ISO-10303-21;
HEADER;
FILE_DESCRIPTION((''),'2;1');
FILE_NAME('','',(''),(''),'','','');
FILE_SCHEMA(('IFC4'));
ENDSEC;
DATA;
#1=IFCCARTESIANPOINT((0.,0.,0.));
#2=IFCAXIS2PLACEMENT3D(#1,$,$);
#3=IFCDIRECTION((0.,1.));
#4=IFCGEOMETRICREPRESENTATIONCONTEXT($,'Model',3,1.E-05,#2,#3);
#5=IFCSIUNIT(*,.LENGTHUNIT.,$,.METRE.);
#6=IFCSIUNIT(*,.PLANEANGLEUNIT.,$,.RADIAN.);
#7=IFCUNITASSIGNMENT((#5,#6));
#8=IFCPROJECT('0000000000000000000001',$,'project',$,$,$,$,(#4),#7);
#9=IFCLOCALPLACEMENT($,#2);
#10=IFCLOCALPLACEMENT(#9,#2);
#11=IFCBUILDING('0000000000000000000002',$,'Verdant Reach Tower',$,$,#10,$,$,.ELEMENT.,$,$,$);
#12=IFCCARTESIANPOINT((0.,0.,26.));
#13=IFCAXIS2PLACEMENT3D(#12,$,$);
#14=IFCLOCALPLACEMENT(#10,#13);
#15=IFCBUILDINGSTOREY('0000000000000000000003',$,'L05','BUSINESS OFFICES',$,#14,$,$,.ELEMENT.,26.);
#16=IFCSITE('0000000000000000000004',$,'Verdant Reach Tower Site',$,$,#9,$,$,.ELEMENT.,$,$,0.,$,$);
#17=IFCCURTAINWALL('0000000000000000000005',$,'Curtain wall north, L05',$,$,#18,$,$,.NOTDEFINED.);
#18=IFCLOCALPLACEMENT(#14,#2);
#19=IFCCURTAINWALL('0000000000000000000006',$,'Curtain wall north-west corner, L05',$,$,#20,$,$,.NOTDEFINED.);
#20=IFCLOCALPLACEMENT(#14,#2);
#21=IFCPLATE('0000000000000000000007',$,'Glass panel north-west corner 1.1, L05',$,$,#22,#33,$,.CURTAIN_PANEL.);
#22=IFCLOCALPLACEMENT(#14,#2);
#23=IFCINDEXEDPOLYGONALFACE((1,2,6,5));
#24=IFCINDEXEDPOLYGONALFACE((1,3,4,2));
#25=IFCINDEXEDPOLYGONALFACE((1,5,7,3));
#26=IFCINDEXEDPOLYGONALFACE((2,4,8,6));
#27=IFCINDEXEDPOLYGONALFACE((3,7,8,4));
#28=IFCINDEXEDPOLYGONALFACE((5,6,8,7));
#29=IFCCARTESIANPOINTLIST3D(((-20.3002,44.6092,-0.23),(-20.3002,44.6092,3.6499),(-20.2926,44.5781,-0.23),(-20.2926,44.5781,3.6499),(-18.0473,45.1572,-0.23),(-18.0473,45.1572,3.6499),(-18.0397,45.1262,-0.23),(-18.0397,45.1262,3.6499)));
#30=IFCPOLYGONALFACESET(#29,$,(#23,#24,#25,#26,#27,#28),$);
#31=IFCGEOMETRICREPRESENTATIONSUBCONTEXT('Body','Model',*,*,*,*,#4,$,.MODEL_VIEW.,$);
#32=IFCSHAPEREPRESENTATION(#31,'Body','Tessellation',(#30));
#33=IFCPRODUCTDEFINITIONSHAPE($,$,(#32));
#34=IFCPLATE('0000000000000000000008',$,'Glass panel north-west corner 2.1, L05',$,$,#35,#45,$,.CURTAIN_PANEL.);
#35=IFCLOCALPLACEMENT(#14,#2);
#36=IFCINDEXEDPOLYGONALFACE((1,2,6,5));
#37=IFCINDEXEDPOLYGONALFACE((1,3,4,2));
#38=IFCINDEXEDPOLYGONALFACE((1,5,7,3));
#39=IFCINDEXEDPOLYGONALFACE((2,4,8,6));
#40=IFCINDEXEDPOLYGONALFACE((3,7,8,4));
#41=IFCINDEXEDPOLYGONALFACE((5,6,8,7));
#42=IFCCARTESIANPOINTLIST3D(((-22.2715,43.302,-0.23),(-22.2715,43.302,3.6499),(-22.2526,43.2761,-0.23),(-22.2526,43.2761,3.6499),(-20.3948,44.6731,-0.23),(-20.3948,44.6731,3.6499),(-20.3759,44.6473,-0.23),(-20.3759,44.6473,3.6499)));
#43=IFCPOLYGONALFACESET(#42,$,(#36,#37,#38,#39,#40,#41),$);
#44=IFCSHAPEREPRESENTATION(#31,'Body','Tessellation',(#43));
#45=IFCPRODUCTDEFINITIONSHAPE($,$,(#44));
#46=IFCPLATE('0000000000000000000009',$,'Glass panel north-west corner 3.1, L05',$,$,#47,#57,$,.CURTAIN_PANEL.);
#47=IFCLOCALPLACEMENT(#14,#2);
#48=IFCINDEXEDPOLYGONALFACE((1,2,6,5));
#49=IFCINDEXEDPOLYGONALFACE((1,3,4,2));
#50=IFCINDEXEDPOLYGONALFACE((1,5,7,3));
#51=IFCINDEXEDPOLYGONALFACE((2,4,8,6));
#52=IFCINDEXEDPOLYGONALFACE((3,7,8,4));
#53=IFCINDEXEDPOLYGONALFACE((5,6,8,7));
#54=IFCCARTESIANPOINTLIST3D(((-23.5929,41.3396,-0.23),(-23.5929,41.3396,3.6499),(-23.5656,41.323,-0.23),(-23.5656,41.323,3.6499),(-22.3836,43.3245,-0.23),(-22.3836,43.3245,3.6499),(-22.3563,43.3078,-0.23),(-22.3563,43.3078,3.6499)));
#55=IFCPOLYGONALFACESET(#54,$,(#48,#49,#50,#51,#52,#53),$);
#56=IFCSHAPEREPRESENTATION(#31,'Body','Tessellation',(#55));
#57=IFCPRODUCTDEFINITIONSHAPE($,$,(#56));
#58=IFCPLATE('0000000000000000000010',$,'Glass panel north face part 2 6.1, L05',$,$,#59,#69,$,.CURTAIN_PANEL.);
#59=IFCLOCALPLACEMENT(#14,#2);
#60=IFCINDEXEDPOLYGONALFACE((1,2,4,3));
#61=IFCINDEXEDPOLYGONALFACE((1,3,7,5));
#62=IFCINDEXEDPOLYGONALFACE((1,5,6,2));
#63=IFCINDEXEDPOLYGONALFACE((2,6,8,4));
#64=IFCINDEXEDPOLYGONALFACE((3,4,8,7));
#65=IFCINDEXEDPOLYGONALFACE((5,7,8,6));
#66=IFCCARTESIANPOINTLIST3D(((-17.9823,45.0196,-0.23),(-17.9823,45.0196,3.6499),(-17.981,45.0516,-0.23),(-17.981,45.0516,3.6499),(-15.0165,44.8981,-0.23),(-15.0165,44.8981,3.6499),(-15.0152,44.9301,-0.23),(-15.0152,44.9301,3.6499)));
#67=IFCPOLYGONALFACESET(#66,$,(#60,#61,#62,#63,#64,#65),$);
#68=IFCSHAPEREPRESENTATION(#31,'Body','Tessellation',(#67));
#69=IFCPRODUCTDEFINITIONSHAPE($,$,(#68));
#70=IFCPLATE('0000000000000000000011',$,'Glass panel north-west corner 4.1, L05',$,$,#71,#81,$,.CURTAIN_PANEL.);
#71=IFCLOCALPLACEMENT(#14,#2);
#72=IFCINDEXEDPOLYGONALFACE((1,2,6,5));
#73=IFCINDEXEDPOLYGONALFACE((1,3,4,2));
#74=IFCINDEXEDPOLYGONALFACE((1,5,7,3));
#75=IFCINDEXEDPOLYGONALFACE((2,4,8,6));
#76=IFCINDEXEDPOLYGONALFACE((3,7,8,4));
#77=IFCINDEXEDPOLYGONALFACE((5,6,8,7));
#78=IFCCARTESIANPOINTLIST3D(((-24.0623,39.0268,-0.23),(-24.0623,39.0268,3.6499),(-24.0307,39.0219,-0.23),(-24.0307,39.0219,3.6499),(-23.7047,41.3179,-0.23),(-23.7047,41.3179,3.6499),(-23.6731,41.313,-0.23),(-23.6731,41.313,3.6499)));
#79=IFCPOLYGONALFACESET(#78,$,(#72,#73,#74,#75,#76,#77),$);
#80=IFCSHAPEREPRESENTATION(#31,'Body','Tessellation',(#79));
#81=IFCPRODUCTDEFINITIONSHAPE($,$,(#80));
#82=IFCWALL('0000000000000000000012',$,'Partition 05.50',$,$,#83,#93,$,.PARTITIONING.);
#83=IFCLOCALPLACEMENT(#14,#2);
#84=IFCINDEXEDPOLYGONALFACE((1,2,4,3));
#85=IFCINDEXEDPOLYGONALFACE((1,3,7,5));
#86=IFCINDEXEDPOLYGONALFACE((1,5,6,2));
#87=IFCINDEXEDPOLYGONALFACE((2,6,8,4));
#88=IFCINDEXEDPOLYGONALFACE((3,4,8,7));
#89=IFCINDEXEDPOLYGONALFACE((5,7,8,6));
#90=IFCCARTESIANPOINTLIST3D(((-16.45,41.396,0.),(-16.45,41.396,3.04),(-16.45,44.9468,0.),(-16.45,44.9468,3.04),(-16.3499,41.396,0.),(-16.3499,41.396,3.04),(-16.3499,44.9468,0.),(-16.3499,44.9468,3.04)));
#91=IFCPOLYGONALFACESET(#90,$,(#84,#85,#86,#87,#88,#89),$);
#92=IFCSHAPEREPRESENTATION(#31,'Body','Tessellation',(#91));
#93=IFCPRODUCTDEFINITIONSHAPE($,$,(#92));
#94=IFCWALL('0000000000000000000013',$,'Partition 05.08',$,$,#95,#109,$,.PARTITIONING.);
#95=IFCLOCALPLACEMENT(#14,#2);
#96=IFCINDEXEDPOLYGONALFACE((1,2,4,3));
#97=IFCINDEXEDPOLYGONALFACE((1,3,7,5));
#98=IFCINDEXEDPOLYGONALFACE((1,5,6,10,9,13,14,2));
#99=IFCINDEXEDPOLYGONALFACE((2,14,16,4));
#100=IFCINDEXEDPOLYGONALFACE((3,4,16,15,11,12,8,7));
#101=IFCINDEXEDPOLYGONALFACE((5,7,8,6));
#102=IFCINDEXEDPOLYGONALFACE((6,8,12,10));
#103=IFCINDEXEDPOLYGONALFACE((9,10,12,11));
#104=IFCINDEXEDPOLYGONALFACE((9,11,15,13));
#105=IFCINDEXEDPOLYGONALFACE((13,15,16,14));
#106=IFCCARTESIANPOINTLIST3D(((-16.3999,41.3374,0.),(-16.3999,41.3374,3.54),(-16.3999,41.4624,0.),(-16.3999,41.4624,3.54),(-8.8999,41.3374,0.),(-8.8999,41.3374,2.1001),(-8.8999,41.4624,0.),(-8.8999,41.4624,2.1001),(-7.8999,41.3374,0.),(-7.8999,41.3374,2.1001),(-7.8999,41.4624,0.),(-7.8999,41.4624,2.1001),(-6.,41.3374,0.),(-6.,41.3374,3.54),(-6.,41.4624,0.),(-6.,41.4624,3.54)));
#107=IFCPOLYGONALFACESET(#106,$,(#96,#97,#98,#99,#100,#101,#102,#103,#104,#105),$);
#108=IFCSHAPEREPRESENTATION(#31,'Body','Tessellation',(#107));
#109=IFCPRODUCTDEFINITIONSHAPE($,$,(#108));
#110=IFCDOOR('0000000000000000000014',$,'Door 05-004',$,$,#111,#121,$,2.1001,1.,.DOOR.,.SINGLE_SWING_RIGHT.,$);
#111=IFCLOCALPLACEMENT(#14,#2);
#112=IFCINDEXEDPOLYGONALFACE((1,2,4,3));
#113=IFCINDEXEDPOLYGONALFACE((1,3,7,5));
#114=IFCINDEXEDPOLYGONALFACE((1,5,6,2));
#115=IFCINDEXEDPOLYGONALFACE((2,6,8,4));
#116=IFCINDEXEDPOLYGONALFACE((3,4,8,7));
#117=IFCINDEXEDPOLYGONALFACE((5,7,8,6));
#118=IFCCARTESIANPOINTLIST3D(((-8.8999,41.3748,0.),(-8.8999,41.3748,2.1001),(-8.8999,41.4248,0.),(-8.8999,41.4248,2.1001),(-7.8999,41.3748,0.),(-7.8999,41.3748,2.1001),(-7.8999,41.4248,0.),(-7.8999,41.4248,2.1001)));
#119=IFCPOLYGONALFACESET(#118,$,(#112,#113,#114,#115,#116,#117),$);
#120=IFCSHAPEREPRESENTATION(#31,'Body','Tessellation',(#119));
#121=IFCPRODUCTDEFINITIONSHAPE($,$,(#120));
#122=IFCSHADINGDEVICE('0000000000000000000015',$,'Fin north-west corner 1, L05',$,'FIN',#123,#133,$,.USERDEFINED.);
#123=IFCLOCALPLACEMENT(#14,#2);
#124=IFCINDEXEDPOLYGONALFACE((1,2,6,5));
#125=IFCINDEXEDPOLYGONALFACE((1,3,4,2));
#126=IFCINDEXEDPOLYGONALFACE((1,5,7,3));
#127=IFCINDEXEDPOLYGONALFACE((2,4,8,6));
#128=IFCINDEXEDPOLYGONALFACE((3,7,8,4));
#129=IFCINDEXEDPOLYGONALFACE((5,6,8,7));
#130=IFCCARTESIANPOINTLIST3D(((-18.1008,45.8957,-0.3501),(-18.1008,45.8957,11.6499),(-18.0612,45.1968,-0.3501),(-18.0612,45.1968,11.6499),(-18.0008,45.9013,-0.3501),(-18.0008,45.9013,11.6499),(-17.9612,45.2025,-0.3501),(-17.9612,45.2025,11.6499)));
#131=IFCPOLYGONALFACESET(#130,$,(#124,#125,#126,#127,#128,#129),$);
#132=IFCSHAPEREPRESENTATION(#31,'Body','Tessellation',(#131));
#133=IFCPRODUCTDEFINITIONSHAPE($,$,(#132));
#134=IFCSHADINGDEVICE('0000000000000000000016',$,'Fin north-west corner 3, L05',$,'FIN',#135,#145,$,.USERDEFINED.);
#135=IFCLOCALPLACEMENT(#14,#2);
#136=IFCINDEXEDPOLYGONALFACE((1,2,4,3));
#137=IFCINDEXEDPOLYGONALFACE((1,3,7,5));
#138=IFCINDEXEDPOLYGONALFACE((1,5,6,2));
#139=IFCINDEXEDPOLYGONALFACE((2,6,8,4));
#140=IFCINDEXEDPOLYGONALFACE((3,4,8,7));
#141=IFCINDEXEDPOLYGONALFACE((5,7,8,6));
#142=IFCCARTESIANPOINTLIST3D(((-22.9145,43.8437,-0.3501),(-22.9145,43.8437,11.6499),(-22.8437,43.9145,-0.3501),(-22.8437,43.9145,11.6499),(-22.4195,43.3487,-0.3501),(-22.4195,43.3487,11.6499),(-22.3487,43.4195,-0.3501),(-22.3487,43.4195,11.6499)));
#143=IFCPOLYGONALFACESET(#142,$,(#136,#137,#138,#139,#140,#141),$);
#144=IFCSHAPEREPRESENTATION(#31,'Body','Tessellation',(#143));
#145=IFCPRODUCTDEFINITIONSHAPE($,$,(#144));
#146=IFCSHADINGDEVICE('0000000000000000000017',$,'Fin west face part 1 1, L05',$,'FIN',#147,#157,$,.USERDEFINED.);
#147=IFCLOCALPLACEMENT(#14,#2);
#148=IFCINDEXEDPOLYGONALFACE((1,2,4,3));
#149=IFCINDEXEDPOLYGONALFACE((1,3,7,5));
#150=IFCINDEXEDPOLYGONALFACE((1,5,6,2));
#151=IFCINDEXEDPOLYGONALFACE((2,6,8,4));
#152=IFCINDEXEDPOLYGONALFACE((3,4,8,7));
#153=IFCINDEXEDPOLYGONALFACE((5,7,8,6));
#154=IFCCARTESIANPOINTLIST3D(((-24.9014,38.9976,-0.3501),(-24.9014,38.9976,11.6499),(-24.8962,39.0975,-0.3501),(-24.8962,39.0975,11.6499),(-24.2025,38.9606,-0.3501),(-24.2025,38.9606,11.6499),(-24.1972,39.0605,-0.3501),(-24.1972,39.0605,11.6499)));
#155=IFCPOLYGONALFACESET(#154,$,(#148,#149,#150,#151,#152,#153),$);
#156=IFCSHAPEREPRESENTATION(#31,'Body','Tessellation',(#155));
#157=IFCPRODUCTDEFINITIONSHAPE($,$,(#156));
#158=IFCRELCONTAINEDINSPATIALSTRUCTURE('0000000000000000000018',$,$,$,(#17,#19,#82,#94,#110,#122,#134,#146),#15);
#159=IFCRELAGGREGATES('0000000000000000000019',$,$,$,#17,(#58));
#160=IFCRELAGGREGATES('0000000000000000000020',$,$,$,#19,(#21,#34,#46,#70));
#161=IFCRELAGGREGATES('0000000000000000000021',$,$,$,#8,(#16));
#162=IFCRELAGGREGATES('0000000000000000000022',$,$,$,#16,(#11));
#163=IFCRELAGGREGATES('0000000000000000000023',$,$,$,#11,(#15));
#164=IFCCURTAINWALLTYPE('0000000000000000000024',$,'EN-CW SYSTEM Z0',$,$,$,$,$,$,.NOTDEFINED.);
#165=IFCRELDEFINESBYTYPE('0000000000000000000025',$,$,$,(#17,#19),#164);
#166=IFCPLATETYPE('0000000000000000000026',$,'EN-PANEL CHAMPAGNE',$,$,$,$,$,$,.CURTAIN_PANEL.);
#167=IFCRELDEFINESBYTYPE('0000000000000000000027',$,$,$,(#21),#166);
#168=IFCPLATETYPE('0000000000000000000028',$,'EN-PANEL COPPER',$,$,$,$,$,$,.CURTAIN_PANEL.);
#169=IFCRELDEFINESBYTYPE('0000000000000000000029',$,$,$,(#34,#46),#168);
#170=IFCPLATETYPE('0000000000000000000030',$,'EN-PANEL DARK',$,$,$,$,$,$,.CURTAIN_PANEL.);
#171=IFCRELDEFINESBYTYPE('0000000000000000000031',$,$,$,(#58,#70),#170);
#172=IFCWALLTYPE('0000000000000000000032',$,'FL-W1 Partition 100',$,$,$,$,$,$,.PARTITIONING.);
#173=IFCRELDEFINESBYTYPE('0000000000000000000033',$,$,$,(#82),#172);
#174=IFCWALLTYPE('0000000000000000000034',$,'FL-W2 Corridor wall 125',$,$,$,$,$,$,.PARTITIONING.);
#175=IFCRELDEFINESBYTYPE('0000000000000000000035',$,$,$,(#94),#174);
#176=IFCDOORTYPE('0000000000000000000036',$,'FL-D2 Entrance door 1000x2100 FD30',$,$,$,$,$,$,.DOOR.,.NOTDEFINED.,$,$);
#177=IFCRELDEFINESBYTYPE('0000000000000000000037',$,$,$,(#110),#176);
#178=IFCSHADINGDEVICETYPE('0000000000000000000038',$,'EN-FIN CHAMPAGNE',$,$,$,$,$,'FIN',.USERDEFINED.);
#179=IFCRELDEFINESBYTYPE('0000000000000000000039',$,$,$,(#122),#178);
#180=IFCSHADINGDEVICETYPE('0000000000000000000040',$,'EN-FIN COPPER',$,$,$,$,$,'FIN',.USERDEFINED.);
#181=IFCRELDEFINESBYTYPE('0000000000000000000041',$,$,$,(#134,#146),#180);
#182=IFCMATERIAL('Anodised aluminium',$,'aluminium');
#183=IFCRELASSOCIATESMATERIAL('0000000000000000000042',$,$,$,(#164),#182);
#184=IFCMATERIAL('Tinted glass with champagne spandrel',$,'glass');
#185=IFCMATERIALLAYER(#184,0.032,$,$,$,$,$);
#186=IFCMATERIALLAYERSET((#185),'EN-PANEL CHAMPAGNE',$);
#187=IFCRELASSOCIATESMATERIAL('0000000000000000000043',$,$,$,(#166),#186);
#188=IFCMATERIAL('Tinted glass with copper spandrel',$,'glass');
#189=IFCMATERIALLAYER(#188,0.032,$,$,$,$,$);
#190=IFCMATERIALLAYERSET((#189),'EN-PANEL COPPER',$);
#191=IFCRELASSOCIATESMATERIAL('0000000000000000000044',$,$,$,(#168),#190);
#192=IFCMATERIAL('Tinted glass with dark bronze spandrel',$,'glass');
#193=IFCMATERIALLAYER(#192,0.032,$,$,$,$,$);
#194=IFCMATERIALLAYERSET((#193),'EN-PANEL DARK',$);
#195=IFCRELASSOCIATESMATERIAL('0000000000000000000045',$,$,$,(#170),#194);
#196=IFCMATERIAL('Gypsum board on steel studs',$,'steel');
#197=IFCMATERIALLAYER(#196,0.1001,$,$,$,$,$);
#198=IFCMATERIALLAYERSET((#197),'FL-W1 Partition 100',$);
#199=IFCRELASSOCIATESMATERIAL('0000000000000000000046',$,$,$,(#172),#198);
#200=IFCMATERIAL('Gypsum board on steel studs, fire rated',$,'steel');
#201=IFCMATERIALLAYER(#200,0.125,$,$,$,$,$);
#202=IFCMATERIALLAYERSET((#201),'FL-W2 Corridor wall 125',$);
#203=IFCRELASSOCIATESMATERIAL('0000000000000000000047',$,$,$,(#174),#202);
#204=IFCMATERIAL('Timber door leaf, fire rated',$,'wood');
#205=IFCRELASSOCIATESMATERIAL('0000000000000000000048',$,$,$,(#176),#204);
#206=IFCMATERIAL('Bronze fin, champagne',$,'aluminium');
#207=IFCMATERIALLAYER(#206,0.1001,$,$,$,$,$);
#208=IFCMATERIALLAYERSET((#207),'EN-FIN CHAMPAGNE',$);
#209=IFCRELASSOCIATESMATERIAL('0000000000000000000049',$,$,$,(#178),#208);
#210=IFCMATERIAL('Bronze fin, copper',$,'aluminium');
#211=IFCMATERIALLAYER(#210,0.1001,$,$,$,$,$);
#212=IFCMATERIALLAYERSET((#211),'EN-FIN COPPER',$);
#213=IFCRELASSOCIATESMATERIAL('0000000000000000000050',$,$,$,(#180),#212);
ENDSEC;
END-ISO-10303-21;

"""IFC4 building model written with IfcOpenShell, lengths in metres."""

from ifc_helpers import new_model, si_unit, direction, frame, frame_2d, origin, origin_2d, place, context, subcontext, project, spatial, rectangle, extrude, material, layer, layer_set, type_object, element, fill, aggregate, save


model = new_model("IFC4")

# Units and contexts
model_context = context("Model", 3, precision=1e-05, world=origin(), true_north=direction((0.0, 1.0)))
body_context = subcontext(model_context, "Body", "Model", "MODEL_VIEW")
ifc_project = project(units=[si_unit("LENGTHUNIT", "METRE"), si_unit("PLANEANGLEUNIT", "RADIAN")], contexts=[model_context])

# Site, building, storey
site_placement = place(None, origin())
site = spatial("IfcSite", under=ifc_project, at=site_placement, Name="Verdant Reach Tower Site", CompositionType="ELEMENT", RefElevation=0.0)
building_placement = place(site_placement, origin())
building = spatial("IfcBuilding", under=site, at=building_placement, Name="Verdant Reach Tower", CompositionType="ELEMENT")
storey_placement = place(building_placement, frame((0.0, 0.0, 26.0)))
storey = spatial("IfcBuildingStorey", under=building, at=storey_placement, Name="L05", Description="BUSINESS OFFICES", CompositionType="ELEMENT", Elevation=26.0)

# Curtain wall
ifc_material_1 = material(Name="Anodised aluminium", Category="aluminium")
curtain_wall_type = type_object("IfcCurtainWallType", Name="EN-CW SYSTEM Z0", PredefinedType="NOTDEFINED", material=ifc_material_1)
curtain_wall_1_placement = place(storey_placement, origin())
curtain_wall_1 = element("IfcCurtainWall", 1, at=curtain_wall_1_placement, inside=storey, type_object=curtain_wall_type, Name="Curtain wall north, L05", PredefinedType="NOTDEFINED")

# Curtain wall
curtain_wall_2_placement = place(storey_placement, origin())
curtain_wall_2 = element("IfcCurtainWall", 2, at=curtain_wall_2_placement, inside=storey, type_object=curtain_wall_type, Name="Curtain wall north-west corner, L05", PredefinedType="NOTDEFINED")

# Plates
ifc_material_2 = material(Name="Tinted glass with champagne spandrel", Category="glass")
ifc_layer_1 = layer(ifc_material_2, 0.032)
ifc_layer_set_1 = layer_set([ifc_layer_1], Name="EN-PANEL CHAMPAGNE")
plate_type_1 = type_object("IfcPlateType", Name="EN-PANEL CHAMPAGNE", PredefinedType="CURTAIN_PANEL", material=ifc_layer_set_1)
plate_1_placement = place(storey_placement, frame((-19.1699, 44.8677, -0.23), z_axis=(0.0, 0.0, 1.0), x_axis=(-0.971663, -0.236369, 0.0)))
plate_1 = element("IfcPlate", 3, at=plate_1_placement, type_object=plate_type_1, Name="Glass panel north-west corner 1.1, L05", PredefinedType="CURTAIN_PANEL", context=body_context, shape_type="SweptSolid", body=[
    extrude(rectangle(XDim=2.3186, YDim=0.032, at=origin_2d()), origin(), (0.0, 0.0, 1.0), 3.8799),
])
ifc_material_3 = material(Name="Tinted glass with copper spandrel", Category="glass")
ifc_layer_2 = layer(ifc_material_3, 0.032)
ifc_layer_set_2 = layer_set([ifc_layer_2], Name="EN-PANEL COPPER")
plate_type_2 = type_object("IfcPlateType", Name="EN-PANEL COPPER", PredefinedType="CURTAIN_PANEL", material=ifc_layer_set_2)
plate_2_placement = place(storey_placement, frame((-21.3237, 43.9746, -0.23), z_axis=(0.0, 0.0, 1.0), x_axis=(-0.807457, -0.589927, 0.0)))
plate_2 = element("IfcPlate", 4, at=plate_2_placement, type_object=plate_type_2, Name="Glass panel north-west corner 2.1, L05", PredefinedType="CURTAIN_PANEL", context=body_context, shape_type="SweptSolid", body=[
    extrude(rectangle(XDim=2.3242, YDim=0.032, at=origin_2d()), origin(), (0.0, 0.0, 1.0), 3.8799),
])
plate_3_placement = place(storey_placement, frame((-22.9746, 42.3237, -0.23), z_axis=(0.0, 0.0, 1.0), x_axis=(-0.520292, -0.853989, 0.0)))
plate_3 = element("IfcPlate", 5, at=plate_3_placement, type_object=plate_type_2, Name="Glass panel north-west corner 3.1, L05", PredefinedType="CURTAIN_PANEL", context=body_context, shape_type="SweptSolid", body=[
    extrude(rectangle(XDim=2.3242, YDim=0.032, at=origin_2d()), origin(), (0.0, 0.0, 1.0), 3.8799),
])
ifc_material_4 = material(Name="Tinted glass with dark bronze spandrel", Category="glass")
ifc_layer_3 = layer(ifc_material_4, 0.032)
ifc_layer_set_3 = layer_set([ifc_layer_3], Name="EN-PANEL DARK")
plate_type_3 = type_object("IfcPlateType", Name="EN-PANEL DARK", PredefinedType="CURTAIN_PANEL", material=ifc_layer_set_3)
plate_4_placement = place(storey_placement, frame((-16.4988, 44.9749, -0.23), z_axis=(0.0, 0.0, 1.0), x_axis=(-0.999162, 0.04092, 0.0)))
plate_4 = element("IfcPlate", 6, at=plate_4_placement, type_object=plate_type_3, Name="Glass panel north face part 2 6.1, L05", PredefinedType="CURTAIN_PANEL", context=body_context, shape_type="SweptSolid", body=[
    extrude(rectangle(XDim=2.9683, YDim=0.032, at=origin_2d()), origin(), (0.0, 0.0, 1.0), 3.8799),
])
aggregate(curtain_wall_1, [plate_4])
plate_5_placement = place(storey_placement, frame((-23.8677, 40.1699, -0.23), z_axis=(0.0, 0.0, 1.0), x_axis=(-0.154211, -0.988038, 0.0)))
plate_5 = element("IfcPlate", 7, at=plate_5_placement, type_object=plate_type_3, Name="Glass panel north-west corner 4.1, L05", PredefinedType="CURTAIN_PANEL", context=body_context, shape_type="SweptSolid", body=[
    extrude(rectangle(XDim=2.3188, YDim=0.032, at=origin_2d()), origin(), (0.0, 0.0, 1.0), 3.8799),
])
aggregate(curtain_wall_2, [plate_1, plate_2, plate_3, plate_5])

# Wall
ifc_material_5 = material(Name="Gypsum board on steel studs", Category="steel")
ifc_layer_4 = layer(ifc_material_5, 0.1001)
ifc_layer_set_4 = layer_set([ifc_layer_4], Name="FL-W1 Partition 100")
wall_type_1 = type_object("IfcWallType", Name="FL-W1 Partition 100", PredefinedType="PARTITIONING", material=ifc_layer_set_4)
wall_1_placement = place(storey_placement, frame((-16.3999, 44.9468, 0.0), z_axis=(0.0, 0.0, 1.0), x_axis=(0.0, -1.0, 0.0)))
element("IfcWall", 8, at=wall_1_placement, inside=storey, type_object=wall_type_1, Name="Partition 05.50", PredefinedType="PARTITIONING", context=body_context, shape_type="SweptSolid", body=[
    extrude(rectangle(XDim=3.5508, YDim=0.1001, at=frame_2d((1.7754, 0.0))), origin(), (0.0, 0.0, 1.0), 3.04),
])

# Wall, opening, door
ifc_material_6 = material(Name="Gypsum board on steel studs, fire rated", Category="steel")
ifc_layer_5 = layer(ifc_material_6, 0.125)
ifc_layer_set_5 = layer_set([ifc_layer_5], Name="FL-W2 Corridor wall 125")
wall_type_2 = type_object("IfcWallType", Name="FL-W2 Corridor wall 125", PredefinedType="PARTITIONING", material=ifc_layer_set_5)
wall_2_placement = place(storey_placement, frame((-16.3999, 41.3999, 0.0), z_axis=(0.0, 0.0, 1.0), x_axis=(1.0, 0.0, 0.0)))
wall_2 = element("IfcWall", 9, at=wall_2_placement, inside=storey, type_object=wall_type_2, Name="Partition 05.08", PredefinedType="PARTITIONING", context=body_context, shape_type="SweptSolid", body=[
    extrude(rectangle(XDim=10.3999, YDim=0.125, at=frame_2d((5.2, 0.0))), origin(), (0.0, 0.0, 1.0), 3.54),
])
opening_placement = place(wall_2_placement, frame((7.5, 0.0, 0.0)))
opening = element("IfcOpeningElement", 10, at=opening_placement, cuts=wall_2, PredefinedType="OPENING", context=body_context, shape_type="SweptSolid", body=[
    extrude(rectangle(XDim=1.0, YDim=2.1001, at=frame_2d((0.5, 1.05))), frame((0.0, 0.0725, 0.0), z_axis=(0.0, -1.0, 0.0), x_axis=(1.0, 0.0, 0.0)), (0.0, 0.0, 1.0), 0.145),
])
ifc_material_7 = material(Name="Timber door leaf, fire rated", Category="wood")
door_type = type_object("IfcDoorType", Name="FL-D2 Entrance door 1000x2100 FD30", OperationType="NOTDEFINED", PredefinedType="DOOR", material=ifc_material_7)
door_placement = place(opening_placement, origin())
door = element("IfcDoor", 11, at=door_placement, inside=storey, type_object=door_type, Name="Door 05-004", OperationType="SINGLE_SWING_RIGHT", OverallHeight=2.1001, OverallWidth=1.0, PredefinedType="DOOR", context=body_context, shape_type="SweptSolid", body=[
    extrude(rectangle(XDim=1.0, YDim=2.1001, at=frame_2d((0.5, 1.05))), frame((0.0, 0.0249, 0.0), z_axis=(0.0, -1.0, 0.0), x_axis=(1.0, 0.0, 0.0)), (0.0, 0.0, 1.0), 0.05),
])
fill(opening, door)

# Shading devices
ifc_material_8 = material(Name="Bronze fin, champagne", Category="aluminium")
ifc_layer_6 = layer(ifc_material_8, 0.1001)
ifc_layer_set_6 = layer_set([ifc_layer_6], Name="EN-FIN CHAMPAGNE")
shading_device_type_1 = type_object("IfcShadingDeviceType", Name="EN-FIN CHAMPAGNE", ElementType="FIN", PredefinedType="USERDEFINED", material=ifc_layer_set_6)
shading_device_placement = place(storey_placement, frame((-18.031, 45.5491, -0.3501), z_axis=(0.0, 0.0, 1.0), x_axis=(-0.998399, -0.056569, 0.0)))
element("IfcShadingDevice", 12, at=shading_device_placement, inside=storey, type_object=shading_device_type_1, Name="Fin north-west corner 1, L05", ObjectType="FIN", PredefinedType="USERDEFINED", context=body_context, shape_type="SweptSolid", body=[
    extrude(rectangle(XDim=0.1001, YDim=0.7, at=origin_2d()), origin(), (0.0, 0.0, 1.0), 12.0),
])
ifc_material_9 = material(Name="Bronze fin, copper", Category="aluminium")
ifc_layer_7 = layer(ifc_material_9, 0.1001)
ifc_layer_set_7 = layer_set([ifc_layer_7], Name="EN-FIN COPPER")
shading_device_type_2 = type_object("IfcShadingDeviceType", Name="EN-FIN COPPER", ElementType="FIN", PredefinedType="USERDEFINED", material=ifc_layer_set_7)
for number, where, z_axis, x_axis, name in (
    (13, (-22.6316, 43.6316, -0.3501), (0.0, 0.0, 1.0), (-0.707107, -0.707107, 0.0), "Fin north-west corner 3, L05"),
    (14, (-24.5493, 39.0291, -0.3501), (0.0, 0.0, 1.0), (-0.052815, -0.998604, 0.0), "Fin west face part 1 1, L05"),
):
    element("IfcShadingDevice", number, at=place(storey_placement, frame(where, z_axis=z_axis, x_axis=x_axis)), inside=storey, type_object=shading_device_type_2, Name=name, ObjectType="FIN", PredefinedType="USERDEFINED", context=body_context, shape_type="SweptSolid", body=[
        extrude(rectangle(XDim=0.1001, YDim=0.7, at=origin_2d()), origin(), (0.0, 0.0, 1.0), 12.0),
    ])

save(model, "model.ifc")
